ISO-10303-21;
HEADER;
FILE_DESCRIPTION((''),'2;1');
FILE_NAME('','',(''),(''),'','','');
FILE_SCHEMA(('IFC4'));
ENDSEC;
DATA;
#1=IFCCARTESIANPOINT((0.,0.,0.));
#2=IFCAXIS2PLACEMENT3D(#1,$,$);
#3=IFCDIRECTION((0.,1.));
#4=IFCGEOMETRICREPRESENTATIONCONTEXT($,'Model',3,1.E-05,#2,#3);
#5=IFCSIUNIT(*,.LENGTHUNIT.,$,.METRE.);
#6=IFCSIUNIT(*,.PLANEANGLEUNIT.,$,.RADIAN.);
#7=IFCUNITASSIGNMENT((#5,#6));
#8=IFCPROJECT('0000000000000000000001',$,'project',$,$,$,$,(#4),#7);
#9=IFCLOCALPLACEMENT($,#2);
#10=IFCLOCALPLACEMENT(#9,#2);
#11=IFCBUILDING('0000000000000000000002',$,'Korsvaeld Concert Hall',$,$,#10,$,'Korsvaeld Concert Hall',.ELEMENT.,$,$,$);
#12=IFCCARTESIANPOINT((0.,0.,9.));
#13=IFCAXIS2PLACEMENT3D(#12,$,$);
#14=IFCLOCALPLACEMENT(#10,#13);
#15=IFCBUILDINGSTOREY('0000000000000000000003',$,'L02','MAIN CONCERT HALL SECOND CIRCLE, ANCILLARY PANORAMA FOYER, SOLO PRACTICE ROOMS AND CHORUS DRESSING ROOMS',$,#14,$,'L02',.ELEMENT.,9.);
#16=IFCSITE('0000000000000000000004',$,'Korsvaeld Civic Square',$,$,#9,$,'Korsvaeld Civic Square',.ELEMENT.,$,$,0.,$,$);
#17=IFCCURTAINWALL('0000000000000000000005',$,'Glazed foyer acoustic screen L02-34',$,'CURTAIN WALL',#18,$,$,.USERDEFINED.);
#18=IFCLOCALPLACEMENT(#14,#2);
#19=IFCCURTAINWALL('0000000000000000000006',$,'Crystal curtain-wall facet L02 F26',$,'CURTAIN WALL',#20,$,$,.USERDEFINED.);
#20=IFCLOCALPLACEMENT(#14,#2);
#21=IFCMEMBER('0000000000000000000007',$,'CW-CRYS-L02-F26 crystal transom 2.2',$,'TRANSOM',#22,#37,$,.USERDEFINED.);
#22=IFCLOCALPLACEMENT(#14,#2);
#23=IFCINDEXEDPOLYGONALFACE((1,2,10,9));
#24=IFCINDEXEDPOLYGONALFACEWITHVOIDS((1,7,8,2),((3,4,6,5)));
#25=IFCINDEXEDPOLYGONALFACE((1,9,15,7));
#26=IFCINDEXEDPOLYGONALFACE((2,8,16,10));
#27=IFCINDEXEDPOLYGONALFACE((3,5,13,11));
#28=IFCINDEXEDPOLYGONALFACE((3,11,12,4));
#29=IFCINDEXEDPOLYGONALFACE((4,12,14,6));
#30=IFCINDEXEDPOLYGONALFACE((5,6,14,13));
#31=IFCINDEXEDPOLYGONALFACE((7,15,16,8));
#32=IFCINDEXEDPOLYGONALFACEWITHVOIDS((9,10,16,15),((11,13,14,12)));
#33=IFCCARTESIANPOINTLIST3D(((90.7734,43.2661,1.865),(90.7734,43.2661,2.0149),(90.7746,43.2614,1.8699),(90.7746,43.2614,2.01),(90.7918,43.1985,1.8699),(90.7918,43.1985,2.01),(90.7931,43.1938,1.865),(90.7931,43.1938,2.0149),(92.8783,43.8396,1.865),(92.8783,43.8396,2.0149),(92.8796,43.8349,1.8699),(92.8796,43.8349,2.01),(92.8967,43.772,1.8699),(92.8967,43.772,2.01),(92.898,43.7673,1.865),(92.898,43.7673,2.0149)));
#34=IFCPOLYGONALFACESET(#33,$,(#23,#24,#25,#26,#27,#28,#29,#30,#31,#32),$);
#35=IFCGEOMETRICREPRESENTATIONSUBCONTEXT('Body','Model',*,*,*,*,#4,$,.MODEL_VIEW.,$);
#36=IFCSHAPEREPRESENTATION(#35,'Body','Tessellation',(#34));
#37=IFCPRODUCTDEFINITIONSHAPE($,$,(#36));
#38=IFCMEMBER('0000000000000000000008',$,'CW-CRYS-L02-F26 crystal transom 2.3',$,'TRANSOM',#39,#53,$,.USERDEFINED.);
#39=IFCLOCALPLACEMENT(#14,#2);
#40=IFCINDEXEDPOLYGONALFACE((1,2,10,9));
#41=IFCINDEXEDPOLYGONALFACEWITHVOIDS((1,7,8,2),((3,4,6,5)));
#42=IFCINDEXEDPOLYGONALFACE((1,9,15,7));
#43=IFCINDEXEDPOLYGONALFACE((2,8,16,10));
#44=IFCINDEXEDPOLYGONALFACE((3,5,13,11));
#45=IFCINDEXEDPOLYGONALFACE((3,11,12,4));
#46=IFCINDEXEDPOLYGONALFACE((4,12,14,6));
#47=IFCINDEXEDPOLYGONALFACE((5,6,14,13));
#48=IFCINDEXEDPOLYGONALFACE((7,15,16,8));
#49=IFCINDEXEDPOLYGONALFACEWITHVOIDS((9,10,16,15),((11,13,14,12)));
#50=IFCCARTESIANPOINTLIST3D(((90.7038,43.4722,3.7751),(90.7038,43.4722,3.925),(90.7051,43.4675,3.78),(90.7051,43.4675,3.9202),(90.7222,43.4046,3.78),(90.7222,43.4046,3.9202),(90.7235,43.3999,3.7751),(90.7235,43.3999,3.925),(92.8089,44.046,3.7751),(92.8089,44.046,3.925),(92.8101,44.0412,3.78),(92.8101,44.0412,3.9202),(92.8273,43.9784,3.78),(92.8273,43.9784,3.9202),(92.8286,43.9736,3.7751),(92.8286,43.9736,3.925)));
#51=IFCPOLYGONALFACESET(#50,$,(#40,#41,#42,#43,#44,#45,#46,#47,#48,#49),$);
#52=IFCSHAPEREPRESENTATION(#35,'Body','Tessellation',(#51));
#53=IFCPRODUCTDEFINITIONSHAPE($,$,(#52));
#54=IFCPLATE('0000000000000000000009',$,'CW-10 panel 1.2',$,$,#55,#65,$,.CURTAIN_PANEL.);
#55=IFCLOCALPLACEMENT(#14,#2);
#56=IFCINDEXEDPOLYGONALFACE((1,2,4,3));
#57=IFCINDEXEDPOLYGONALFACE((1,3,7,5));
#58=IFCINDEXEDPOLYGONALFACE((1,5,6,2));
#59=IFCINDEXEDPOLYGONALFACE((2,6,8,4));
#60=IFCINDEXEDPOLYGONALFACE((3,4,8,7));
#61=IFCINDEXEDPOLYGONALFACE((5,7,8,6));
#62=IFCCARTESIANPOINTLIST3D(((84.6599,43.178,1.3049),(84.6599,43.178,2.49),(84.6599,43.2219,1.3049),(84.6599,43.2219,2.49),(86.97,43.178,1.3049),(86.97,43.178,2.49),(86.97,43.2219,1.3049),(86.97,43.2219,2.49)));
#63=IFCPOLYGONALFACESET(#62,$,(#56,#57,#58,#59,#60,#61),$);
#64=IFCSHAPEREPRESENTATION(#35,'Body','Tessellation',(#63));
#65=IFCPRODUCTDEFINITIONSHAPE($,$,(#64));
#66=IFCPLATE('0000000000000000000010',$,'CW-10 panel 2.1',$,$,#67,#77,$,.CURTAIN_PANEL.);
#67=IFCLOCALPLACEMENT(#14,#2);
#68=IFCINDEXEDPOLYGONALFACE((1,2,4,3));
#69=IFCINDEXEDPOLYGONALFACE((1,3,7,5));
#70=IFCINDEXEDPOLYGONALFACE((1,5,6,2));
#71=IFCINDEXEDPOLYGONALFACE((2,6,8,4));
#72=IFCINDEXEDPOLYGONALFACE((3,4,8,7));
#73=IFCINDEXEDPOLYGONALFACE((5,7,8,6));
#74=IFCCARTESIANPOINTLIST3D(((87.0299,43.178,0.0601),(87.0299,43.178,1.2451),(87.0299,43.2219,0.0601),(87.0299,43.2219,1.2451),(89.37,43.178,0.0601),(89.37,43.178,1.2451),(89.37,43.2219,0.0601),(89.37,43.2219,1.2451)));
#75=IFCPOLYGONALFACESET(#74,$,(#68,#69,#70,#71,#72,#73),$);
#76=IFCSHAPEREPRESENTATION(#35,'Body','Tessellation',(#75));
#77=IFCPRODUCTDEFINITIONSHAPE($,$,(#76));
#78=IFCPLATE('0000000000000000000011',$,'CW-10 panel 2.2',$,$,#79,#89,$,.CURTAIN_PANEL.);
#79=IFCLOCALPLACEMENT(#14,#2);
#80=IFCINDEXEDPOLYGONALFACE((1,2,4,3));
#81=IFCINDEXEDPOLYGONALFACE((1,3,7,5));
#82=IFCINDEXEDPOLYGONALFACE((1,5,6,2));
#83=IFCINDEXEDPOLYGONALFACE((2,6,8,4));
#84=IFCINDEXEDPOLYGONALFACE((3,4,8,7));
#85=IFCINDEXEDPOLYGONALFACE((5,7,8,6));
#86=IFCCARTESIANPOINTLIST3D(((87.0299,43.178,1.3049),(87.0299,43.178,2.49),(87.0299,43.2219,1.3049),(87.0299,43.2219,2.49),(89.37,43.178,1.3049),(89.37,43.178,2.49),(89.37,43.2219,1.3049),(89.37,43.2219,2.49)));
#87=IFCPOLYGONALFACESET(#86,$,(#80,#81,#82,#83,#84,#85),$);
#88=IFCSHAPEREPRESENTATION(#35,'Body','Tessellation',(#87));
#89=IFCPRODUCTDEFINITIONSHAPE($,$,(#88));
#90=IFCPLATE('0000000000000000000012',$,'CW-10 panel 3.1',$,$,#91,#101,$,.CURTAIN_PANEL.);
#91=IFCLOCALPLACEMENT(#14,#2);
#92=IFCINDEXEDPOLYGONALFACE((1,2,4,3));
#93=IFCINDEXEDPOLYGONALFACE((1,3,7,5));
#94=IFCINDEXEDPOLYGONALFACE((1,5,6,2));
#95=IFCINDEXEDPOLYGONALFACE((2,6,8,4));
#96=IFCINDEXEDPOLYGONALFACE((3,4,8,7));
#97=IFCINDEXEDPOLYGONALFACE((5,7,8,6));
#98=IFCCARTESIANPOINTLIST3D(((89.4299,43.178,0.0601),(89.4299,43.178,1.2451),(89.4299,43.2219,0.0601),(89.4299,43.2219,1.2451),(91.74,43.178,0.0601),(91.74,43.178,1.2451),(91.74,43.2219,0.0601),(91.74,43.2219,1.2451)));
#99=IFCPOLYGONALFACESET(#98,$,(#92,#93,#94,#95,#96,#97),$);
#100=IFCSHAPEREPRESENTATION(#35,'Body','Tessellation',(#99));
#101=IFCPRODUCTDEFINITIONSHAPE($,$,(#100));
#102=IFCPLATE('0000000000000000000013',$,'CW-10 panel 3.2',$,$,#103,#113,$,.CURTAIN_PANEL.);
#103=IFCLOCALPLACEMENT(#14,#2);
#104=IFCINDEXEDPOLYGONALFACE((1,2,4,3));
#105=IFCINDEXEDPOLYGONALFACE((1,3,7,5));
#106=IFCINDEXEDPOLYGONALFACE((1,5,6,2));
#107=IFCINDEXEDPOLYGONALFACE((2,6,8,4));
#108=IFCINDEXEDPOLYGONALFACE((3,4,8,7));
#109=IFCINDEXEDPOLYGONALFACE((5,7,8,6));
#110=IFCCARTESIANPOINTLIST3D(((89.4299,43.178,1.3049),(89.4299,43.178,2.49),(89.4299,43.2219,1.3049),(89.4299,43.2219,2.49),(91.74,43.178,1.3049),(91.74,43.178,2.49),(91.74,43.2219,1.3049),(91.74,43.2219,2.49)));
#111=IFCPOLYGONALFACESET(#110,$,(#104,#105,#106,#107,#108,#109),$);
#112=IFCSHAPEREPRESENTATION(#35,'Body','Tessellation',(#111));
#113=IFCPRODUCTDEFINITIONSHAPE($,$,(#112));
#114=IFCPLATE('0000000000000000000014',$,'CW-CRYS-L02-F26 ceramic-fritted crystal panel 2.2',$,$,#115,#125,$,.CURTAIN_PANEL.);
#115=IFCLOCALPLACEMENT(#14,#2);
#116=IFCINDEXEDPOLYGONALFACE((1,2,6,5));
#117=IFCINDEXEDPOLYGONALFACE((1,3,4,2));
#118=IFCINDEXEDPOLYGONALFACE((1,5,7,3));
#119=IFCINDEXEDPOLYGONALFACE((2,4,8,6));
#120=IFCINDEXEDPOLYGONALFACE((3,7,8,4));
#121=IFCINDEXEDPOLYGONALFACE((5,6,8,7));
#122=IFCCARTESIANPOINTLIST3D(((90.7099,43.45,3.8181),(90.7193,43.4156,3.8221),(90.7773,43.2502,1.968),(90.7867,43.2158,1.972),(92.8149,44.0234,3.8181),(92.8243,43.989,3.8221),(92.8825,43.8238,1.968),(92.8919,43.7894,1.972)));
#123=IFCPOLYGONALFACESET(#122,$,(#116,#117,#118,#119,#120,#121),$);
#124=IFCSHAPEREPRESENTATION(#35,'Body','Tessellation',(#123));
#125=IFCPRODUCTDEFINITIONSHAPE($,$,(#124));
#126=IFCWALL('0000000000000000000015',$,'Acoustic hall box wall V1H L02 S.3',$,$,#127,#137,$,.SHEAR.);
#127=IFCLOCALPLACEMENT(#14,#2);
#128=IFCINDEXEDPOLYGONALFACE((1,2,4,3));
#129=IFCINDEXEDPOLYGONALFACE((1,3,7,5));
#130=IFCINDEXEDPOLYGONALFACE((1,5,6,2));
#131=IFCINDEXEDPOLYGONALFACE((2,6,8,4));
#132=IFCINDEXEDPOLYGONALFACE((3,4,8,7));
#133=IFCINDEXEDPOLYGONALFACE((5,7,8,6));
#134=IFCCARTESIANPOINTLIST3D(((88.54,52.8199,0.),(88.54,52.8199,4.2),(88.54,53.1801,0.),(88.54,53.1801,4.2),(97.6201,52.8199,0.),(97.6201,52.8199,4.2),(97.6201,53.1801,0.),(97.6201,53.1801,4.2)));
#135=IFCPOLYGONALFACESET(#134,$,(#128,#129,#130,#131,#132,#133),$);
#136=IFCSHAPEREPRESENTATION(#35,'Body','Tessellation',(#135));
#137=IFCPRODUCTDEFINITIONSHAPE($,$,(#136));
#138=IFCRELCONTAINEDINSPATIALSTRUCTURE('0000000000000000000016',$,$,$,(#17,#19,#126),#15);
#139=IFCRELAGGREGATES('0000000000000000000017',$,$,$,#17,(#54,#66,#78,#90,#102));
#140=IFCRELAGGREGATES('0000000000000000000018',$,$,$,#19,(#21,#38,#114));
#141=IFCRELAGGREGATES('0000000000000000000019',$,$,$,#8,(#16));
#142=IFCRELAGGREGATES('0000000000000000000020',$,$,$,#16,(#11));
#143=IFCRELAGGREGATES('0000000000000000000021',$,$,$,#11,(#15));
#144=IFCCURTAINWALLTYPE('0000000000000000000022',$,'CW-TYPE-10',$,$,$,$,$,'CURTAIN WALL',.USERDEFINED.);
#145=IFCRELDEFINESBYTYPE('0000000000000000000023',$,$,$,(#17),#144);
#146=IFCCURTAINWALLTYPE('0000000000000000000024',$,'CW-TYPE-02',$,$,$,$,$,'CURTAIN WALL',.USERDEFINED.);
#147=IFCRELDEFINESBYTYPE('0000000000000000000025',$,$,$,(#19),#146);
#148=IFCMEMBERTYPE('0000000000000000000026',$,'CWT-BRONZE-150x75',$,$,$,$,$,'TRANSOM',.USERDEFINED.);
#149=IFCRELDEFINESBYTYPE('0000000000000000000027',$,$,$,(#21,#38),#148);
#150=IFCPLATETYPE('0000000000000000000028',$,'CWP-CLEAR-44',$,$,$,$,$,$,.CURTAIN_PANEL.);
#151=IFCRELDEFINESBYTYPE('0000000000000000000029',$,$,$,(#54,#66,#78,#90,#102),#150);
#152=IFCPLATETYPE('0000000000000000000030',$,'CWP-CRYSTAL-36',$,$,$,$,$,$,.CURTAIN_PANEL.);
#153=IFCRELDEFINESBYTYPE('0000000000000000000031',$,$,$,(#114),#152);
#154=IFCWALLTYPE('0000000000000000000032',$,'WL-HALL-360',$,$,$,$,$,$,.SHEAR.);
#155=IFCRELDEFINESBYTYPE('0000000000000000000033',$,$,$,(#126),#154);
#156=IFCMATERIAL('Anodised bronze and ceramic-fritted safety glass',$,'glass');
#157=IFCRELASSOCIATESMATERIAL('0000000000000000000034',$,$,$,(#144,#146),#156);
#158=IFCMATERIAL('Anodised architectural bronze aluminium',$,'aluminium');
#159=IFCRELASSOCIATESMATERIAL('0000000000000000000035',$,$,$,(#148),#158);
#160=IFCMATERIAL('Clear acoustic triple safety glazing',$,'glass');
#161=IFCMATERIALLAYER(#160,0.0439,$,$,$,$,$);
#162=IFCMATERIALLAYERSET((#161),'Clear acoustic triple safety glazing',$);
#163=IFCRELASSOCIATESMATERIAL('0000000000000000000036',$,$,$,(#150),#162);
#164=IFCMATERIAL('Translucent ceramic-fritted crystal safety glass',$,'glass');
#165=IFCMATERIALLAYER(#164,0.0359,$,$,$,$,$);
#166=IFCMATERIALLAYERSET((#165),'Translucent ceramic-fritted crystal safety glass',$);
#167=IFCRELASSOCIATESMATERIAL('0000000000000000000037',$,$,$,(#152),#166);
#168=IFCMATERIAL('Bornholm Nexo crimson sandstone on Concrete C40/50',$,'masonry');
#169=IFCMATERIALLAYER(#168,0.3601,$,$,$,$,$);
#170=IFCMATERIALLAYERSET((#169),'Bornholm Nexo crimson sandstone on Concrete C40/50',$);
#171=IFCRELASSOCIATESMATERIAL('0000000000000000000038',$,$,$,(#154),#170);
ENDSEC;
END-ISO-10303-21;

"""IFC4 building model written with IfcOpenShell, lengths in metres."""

from ifc_helpers import new_model, si_unit, direction, frame, frame_2d, origin, origin_2d, place, context, subcontext, project, spatial, polyline, rectangle, hollow_rectangle, outline, extrude, material, layer, layer_set, material_profile, profile_set, type_object, element, aggregate, save


model = new_model("IFC4")

# Units and contexts
model_context = context("Model", 3, precision=1e-05, world=origin(), true_north=direction((0.0, 1.0)))
body_context = subcontext(model_context, "Body", "Model", "MODEL_VIEW")
ifc_project = project(units=[si_unit("LENGTHUNIT", "METRE"), si_unit("PLANEANGLEUNIT", "RADIAN")], contexts=[model_context])

# Site, building, storey
site_placement = place(None, origin())
site = spatial("IfcSite", under=ifc_project, at=site_placement, Name="Korsvaeld Civic Square", LongName="Korsvaeld Civic Square", CompositionType="ELEMENT", RefElevation=0.0)
building_placement = place(site_placement, origin())
building = spatial("IfcBuilding", under=site, at=building_placement, Name="Korsvaeld Concert Hall", LongName="Korsvaeld Concert Hall", CompositionType="ELEMENT")
storey_placement = place(building_placement, frame((0.0, 0.0, 9.0)))
storey = spatial("IfcBuildingStorey", under=building, at=storey_placement, Name="L02", Description="MAIN CONCERT HALL SECOND CIRCLE, ANCILLARY PANORAMA FOYER, SOLO PRACTICE ROOMS AND CHORUS DRESSING ROOMS", LongName="L02", CompositionType="ELEMENT", Elevation=9.0)

# Curtain wall
ifc_material_1 = material(Name="Anodised bronze and ceramic-fritted safety glass", Category="glass")
curtain_wall_type_1 = type_object("IfcCurtainWallType", Name="CW-TYPE-10", ElementType="CURTAIN WALL", PredefinedType="USERDEFINED", material=ifc_material_1)
curtain_wall_1_placement = place(storey_placement, origin())
curtain_wall_1 = element("IfcCurtainWall", 1, at=curtain_wall_1_placement, inside=storey, type_object=curtain_wall_type_1, Name="Glazed foyer acoustic screen L02-34", ObjectType="CURTAIN WALL", PredefinedType="USERDEFINED")
ifc_material_2 = material(Name="Anodised architectural bronze aluminium", Category="aluminium")

# Curtain wall
curtain_wall_type_2 = type_object("IfcCurtainWallType", Name="CW-TYPE-02", ElementType="CURTAIN WALL", PredefinedType="USERDEFINED", material=ifc_material_1)
curtain_wall_2_placement = place(storey_placement, origin())
curtain_wall_2 = element("IfcCurtainWall", 2, at=curtain_wall_2_placement, inside=storey, type_object=curtain_wall_type_2, Name="Crystal curtain-wall facet L02 F26", ObjectType="CURTAIN WALL", PredefinedType="USERDEFINED")

# Members
ifc_material_profile_1 = material_profile(ifc_material_2, hollow_rectangle(XDim=0.075, YDim=0.1499, WallThickness=0.0049, at=origin_2d()), Name="CWT 150x75x5")
ifc_profile_set_1 = profile_set([ifc_material_profile_1], Name="Anodised architectural bronze aluminium")
member_type_1 = type_object("IfcMemberType", Name="CWT-BRONZE-150x75", ElementType="TRANSOM", PredefinedType="USERDEFINED", material=ifc_profile_set_1)
member_1_placement = place(storey_placement, frame((90.7832, 43.23, 1.9399), z_axis=(0.964834, 0.262862, 0.0), x_axis=(-0.262862, 0.964834, 0.0)))
member_1 = element("IfcMember", 3, at=member_1_placement, type_object=member_type_1, Name="CW-CRYS-L02-F26 crystal transom 2.2", ObjectType="TRANSOM", PredefinedType="USERDEFINED", context=body_context, shape_type="SweptSolid", body=[
    extrude(hollow_rectangle(XDim=0.075, YDim=0.1499, WallThickness=0.0049, at=origin_2d()), origin(), (0.0, 0.0, 1.0), 2.1816),
])
member_2_placement = place(storey_placement, frame((90.7136, 43.436, 3.8501), z_axis=(0.964805, 0.262966, 0.0), x_axis=(-0.262966, 0.964805, 0.0)))
member_2 = element("IfcMember", 4, at=member_2_placement, type_object=member_type_1, Name="CW-CRYS-L02-F26 crystal transom 2.3", ObjectType="TRANSOM", PredefinedType="USERDEFINED", context=body_context, shape_type="SweptSolid", body=[
    extrude(hollow_rectangle(XDim=0.075, YDim=0.1499, WallThickness=0.0049, at=origin_2d()), origin(), (0.0, 0.0, 1.0), 2.1819),
])

# Plates
ifc_material_3 = material(Name="Clear acoustic triple safety glazing", Category="glass")
ifc_layer_1 = layer(ifc_material_3, 0.0439)
ifc_layer_set_1 = layer_set([ifc_layer_1], Name="Clear acoustic triple safety glazing")
plate_type_1 = type_object("IfcPlateType", Name="CWP-CLEAR-44", PredefinedType="CURTAIN_PANEL", material=ifc_layer_set_1)
plate_1_placement = place(storey_placement, frame((85.8149, 43.2, 1.3049), z_axis=(0.0, 0.0, 1.0), x_axis=(1.0, 0.0, 0.0)))
plate_1 = element("IfcPlate", 5, at=plate_1_placement, type_object=plate_type_1, Name="CW-10 panel 1.2", PredefinedType="CURTAIN_PANEL", context=body_context, shape_type="SweptSolid", body=[
    extrude(rectangle(XDim=2.3101, YDim=0.0439, at=origin_2d()), origin(), (0.0, 0.0, 1.0), 1.1851),
])
plate_2_placement = place(storey_placement, frame((88.2, 43.2, 0.0601), z_axis=(0.0, 0.0, 1.0), x_axis=(1.0, 0.0, 0.0)))
plate_2 = element("IfcPlate", 6, at=plate_2_placement, type_object=plate_type_1, Name="CW-10 panel 2.1", PredefinedType="CURTAIN_PANEL", context=body_context, shape_type="SweptSolid", body=[
    extrude(rectangle(XDim=2.3401, YDim=0.0439, at=origin_2d()), origin(), (0.0, 0.0, 1.0), 1.1851),
])
plate_3_placement = place(storey_placement, frame((88.2, 43.2, 1.3049), z_axis=(0.0, 0.0, 1.0), x_axis=(1.0, 0.0, 0.0)))
plate_3 = element("IfcPlate", 7, at=plate_3_placement, type_object=plate_type_1, Name="CW-10 panel 2.2", PredefinedType="CURTAIN_PANEL", context=body_context, shape_type="SweptSolid", body=[
    extrude(rectangle(XDim=2.3401, YDim=0.0439, at=origin_2d()), origin(), (0.0, 0.0, 1.0), 1.1851),
])
plate_4_placement = place(storey_placement, frame((90.585, 43.2, 0.0601), z_axis=(0.0, 0.0, 1.0), x_axis=(1.0, 0.0, 0.0)))
plate_4 = element("IfcPlate", 8, at=plate_4_placement, type_object=plate_type_1, Name="CW-10 panel 3.1", PredefinedType="CURTAIN_PANEL", context=body_context, shape_type="SweptSolid", body=[
    extrude(rectangle(XDim=2.3101, YDim=0.0439, at=origin_2d()), origin(), (0.0, 0.0, 1.0), 1.1851),
])
plate_5_placement = place(storey_placement, frame((90.585, 43.2, 1.3049), z_axis=(0.0, 0.0, 1.0), x_axis=(1.0, 0.0, 0.0)))
plate_5 = element("IfcPlate", 9, at=plate_5_placement, type_object=plate_type_1, Name="CW-10 panel 3.2", PredefinedType="CURTAIN_PANEL", context=body_context, shape_type="SweptSolid", body=[
    extrude(rectangle(XDim=2.3101, YDim=0.0439, at=origin_2d()), origin(), (0.0, 0.0, 1.0), 1.1851),
])
aggregate(curtain_wall_1, [plate_1, plate_2, plate_3, plate_4, plate_5])
ifc_material_4 = material(Name="Translucent ceramic-fritted crystal safety glass", Category="glass")
ifc_layer_2 = layer(ifc_material_4, 0.0359)
ifc_layer_set_2 = layer_set([ifc_layer_2], Name="Translucent ceramic-fritted crystal safety glass")
plate_type_2 = type_object("IfcPlateType", Name="CWP-CRYSTAL-36", PredefinedType="CURTAIN_PANEL", material=ifc_layer_set_2)
plate_6_placement = place(storey_placement, frame((90.782, 43.2332, 1.97), z_axis=(0.261164, -0.958656, 0.11301), x_axis=(0.964837, 0.262847, -0.000002)))
plate_6 = element("IfcPlate", 10, at=plate_6_placement, type_object=plate_type_2, Name="CW-CRYS-L02-F26 ceramic-fritted crystal panel 2.2", PredefinedType="CURTAIN_PANEL", context=body_context, shape_type="SweptSolid", body=[
    extrude(outline(polyline([(0.0, 0.0), (2.1819, 0.0), (2.1692, 1.862), (-0.0125, 1.862), (0.0, 0.0)])), frame((0.0, 0.0, 0.0181)), (0.0, 0.0, -1.0), 0.0359),
])
aggregate(curtain_wall_2, [member_1, member_2, plate_6])

# Wall
ifc_material_5 = material(Name="Bornholm Nexo crimson sandstone on Concrete C40/50", Category="masonry")
ifc_layer_3 = layer(ifc_material_5, 0.3601)
ifc_layer_set_3 = layer_set([ifc_layer_3], Name="Bornholm Nexo crimson sandstone on Concrete C40/50")
wall_type = type_object("IfcWallType", Name="WL-HALL-360", PredefinedType="SHEAR", material=ifc_layer_set_3)
wall_placement = place(storey_placement, frame((88.54, 53.0, 0.0), z_axis=(0.0, 0.0, 1.0), x_axis=(1.0, 0.0, 0.0)))
element("IfcWall", 11, at=wall_placement, inside=storey, type_object=wall_type, Name="Acoustic hall box wall V1H L02 S.3", PredefinedType="SHEAR", context=body_context, shape_type="SweptSolid", body=[
    extrude(rectangle(XDim=9.0801, YDim=0.3601, at=frame_2d((4.54, 0.0))), origin(), (0.0, 0.0, 1.0), 4.2),
])

save(model, "model.ifc")
